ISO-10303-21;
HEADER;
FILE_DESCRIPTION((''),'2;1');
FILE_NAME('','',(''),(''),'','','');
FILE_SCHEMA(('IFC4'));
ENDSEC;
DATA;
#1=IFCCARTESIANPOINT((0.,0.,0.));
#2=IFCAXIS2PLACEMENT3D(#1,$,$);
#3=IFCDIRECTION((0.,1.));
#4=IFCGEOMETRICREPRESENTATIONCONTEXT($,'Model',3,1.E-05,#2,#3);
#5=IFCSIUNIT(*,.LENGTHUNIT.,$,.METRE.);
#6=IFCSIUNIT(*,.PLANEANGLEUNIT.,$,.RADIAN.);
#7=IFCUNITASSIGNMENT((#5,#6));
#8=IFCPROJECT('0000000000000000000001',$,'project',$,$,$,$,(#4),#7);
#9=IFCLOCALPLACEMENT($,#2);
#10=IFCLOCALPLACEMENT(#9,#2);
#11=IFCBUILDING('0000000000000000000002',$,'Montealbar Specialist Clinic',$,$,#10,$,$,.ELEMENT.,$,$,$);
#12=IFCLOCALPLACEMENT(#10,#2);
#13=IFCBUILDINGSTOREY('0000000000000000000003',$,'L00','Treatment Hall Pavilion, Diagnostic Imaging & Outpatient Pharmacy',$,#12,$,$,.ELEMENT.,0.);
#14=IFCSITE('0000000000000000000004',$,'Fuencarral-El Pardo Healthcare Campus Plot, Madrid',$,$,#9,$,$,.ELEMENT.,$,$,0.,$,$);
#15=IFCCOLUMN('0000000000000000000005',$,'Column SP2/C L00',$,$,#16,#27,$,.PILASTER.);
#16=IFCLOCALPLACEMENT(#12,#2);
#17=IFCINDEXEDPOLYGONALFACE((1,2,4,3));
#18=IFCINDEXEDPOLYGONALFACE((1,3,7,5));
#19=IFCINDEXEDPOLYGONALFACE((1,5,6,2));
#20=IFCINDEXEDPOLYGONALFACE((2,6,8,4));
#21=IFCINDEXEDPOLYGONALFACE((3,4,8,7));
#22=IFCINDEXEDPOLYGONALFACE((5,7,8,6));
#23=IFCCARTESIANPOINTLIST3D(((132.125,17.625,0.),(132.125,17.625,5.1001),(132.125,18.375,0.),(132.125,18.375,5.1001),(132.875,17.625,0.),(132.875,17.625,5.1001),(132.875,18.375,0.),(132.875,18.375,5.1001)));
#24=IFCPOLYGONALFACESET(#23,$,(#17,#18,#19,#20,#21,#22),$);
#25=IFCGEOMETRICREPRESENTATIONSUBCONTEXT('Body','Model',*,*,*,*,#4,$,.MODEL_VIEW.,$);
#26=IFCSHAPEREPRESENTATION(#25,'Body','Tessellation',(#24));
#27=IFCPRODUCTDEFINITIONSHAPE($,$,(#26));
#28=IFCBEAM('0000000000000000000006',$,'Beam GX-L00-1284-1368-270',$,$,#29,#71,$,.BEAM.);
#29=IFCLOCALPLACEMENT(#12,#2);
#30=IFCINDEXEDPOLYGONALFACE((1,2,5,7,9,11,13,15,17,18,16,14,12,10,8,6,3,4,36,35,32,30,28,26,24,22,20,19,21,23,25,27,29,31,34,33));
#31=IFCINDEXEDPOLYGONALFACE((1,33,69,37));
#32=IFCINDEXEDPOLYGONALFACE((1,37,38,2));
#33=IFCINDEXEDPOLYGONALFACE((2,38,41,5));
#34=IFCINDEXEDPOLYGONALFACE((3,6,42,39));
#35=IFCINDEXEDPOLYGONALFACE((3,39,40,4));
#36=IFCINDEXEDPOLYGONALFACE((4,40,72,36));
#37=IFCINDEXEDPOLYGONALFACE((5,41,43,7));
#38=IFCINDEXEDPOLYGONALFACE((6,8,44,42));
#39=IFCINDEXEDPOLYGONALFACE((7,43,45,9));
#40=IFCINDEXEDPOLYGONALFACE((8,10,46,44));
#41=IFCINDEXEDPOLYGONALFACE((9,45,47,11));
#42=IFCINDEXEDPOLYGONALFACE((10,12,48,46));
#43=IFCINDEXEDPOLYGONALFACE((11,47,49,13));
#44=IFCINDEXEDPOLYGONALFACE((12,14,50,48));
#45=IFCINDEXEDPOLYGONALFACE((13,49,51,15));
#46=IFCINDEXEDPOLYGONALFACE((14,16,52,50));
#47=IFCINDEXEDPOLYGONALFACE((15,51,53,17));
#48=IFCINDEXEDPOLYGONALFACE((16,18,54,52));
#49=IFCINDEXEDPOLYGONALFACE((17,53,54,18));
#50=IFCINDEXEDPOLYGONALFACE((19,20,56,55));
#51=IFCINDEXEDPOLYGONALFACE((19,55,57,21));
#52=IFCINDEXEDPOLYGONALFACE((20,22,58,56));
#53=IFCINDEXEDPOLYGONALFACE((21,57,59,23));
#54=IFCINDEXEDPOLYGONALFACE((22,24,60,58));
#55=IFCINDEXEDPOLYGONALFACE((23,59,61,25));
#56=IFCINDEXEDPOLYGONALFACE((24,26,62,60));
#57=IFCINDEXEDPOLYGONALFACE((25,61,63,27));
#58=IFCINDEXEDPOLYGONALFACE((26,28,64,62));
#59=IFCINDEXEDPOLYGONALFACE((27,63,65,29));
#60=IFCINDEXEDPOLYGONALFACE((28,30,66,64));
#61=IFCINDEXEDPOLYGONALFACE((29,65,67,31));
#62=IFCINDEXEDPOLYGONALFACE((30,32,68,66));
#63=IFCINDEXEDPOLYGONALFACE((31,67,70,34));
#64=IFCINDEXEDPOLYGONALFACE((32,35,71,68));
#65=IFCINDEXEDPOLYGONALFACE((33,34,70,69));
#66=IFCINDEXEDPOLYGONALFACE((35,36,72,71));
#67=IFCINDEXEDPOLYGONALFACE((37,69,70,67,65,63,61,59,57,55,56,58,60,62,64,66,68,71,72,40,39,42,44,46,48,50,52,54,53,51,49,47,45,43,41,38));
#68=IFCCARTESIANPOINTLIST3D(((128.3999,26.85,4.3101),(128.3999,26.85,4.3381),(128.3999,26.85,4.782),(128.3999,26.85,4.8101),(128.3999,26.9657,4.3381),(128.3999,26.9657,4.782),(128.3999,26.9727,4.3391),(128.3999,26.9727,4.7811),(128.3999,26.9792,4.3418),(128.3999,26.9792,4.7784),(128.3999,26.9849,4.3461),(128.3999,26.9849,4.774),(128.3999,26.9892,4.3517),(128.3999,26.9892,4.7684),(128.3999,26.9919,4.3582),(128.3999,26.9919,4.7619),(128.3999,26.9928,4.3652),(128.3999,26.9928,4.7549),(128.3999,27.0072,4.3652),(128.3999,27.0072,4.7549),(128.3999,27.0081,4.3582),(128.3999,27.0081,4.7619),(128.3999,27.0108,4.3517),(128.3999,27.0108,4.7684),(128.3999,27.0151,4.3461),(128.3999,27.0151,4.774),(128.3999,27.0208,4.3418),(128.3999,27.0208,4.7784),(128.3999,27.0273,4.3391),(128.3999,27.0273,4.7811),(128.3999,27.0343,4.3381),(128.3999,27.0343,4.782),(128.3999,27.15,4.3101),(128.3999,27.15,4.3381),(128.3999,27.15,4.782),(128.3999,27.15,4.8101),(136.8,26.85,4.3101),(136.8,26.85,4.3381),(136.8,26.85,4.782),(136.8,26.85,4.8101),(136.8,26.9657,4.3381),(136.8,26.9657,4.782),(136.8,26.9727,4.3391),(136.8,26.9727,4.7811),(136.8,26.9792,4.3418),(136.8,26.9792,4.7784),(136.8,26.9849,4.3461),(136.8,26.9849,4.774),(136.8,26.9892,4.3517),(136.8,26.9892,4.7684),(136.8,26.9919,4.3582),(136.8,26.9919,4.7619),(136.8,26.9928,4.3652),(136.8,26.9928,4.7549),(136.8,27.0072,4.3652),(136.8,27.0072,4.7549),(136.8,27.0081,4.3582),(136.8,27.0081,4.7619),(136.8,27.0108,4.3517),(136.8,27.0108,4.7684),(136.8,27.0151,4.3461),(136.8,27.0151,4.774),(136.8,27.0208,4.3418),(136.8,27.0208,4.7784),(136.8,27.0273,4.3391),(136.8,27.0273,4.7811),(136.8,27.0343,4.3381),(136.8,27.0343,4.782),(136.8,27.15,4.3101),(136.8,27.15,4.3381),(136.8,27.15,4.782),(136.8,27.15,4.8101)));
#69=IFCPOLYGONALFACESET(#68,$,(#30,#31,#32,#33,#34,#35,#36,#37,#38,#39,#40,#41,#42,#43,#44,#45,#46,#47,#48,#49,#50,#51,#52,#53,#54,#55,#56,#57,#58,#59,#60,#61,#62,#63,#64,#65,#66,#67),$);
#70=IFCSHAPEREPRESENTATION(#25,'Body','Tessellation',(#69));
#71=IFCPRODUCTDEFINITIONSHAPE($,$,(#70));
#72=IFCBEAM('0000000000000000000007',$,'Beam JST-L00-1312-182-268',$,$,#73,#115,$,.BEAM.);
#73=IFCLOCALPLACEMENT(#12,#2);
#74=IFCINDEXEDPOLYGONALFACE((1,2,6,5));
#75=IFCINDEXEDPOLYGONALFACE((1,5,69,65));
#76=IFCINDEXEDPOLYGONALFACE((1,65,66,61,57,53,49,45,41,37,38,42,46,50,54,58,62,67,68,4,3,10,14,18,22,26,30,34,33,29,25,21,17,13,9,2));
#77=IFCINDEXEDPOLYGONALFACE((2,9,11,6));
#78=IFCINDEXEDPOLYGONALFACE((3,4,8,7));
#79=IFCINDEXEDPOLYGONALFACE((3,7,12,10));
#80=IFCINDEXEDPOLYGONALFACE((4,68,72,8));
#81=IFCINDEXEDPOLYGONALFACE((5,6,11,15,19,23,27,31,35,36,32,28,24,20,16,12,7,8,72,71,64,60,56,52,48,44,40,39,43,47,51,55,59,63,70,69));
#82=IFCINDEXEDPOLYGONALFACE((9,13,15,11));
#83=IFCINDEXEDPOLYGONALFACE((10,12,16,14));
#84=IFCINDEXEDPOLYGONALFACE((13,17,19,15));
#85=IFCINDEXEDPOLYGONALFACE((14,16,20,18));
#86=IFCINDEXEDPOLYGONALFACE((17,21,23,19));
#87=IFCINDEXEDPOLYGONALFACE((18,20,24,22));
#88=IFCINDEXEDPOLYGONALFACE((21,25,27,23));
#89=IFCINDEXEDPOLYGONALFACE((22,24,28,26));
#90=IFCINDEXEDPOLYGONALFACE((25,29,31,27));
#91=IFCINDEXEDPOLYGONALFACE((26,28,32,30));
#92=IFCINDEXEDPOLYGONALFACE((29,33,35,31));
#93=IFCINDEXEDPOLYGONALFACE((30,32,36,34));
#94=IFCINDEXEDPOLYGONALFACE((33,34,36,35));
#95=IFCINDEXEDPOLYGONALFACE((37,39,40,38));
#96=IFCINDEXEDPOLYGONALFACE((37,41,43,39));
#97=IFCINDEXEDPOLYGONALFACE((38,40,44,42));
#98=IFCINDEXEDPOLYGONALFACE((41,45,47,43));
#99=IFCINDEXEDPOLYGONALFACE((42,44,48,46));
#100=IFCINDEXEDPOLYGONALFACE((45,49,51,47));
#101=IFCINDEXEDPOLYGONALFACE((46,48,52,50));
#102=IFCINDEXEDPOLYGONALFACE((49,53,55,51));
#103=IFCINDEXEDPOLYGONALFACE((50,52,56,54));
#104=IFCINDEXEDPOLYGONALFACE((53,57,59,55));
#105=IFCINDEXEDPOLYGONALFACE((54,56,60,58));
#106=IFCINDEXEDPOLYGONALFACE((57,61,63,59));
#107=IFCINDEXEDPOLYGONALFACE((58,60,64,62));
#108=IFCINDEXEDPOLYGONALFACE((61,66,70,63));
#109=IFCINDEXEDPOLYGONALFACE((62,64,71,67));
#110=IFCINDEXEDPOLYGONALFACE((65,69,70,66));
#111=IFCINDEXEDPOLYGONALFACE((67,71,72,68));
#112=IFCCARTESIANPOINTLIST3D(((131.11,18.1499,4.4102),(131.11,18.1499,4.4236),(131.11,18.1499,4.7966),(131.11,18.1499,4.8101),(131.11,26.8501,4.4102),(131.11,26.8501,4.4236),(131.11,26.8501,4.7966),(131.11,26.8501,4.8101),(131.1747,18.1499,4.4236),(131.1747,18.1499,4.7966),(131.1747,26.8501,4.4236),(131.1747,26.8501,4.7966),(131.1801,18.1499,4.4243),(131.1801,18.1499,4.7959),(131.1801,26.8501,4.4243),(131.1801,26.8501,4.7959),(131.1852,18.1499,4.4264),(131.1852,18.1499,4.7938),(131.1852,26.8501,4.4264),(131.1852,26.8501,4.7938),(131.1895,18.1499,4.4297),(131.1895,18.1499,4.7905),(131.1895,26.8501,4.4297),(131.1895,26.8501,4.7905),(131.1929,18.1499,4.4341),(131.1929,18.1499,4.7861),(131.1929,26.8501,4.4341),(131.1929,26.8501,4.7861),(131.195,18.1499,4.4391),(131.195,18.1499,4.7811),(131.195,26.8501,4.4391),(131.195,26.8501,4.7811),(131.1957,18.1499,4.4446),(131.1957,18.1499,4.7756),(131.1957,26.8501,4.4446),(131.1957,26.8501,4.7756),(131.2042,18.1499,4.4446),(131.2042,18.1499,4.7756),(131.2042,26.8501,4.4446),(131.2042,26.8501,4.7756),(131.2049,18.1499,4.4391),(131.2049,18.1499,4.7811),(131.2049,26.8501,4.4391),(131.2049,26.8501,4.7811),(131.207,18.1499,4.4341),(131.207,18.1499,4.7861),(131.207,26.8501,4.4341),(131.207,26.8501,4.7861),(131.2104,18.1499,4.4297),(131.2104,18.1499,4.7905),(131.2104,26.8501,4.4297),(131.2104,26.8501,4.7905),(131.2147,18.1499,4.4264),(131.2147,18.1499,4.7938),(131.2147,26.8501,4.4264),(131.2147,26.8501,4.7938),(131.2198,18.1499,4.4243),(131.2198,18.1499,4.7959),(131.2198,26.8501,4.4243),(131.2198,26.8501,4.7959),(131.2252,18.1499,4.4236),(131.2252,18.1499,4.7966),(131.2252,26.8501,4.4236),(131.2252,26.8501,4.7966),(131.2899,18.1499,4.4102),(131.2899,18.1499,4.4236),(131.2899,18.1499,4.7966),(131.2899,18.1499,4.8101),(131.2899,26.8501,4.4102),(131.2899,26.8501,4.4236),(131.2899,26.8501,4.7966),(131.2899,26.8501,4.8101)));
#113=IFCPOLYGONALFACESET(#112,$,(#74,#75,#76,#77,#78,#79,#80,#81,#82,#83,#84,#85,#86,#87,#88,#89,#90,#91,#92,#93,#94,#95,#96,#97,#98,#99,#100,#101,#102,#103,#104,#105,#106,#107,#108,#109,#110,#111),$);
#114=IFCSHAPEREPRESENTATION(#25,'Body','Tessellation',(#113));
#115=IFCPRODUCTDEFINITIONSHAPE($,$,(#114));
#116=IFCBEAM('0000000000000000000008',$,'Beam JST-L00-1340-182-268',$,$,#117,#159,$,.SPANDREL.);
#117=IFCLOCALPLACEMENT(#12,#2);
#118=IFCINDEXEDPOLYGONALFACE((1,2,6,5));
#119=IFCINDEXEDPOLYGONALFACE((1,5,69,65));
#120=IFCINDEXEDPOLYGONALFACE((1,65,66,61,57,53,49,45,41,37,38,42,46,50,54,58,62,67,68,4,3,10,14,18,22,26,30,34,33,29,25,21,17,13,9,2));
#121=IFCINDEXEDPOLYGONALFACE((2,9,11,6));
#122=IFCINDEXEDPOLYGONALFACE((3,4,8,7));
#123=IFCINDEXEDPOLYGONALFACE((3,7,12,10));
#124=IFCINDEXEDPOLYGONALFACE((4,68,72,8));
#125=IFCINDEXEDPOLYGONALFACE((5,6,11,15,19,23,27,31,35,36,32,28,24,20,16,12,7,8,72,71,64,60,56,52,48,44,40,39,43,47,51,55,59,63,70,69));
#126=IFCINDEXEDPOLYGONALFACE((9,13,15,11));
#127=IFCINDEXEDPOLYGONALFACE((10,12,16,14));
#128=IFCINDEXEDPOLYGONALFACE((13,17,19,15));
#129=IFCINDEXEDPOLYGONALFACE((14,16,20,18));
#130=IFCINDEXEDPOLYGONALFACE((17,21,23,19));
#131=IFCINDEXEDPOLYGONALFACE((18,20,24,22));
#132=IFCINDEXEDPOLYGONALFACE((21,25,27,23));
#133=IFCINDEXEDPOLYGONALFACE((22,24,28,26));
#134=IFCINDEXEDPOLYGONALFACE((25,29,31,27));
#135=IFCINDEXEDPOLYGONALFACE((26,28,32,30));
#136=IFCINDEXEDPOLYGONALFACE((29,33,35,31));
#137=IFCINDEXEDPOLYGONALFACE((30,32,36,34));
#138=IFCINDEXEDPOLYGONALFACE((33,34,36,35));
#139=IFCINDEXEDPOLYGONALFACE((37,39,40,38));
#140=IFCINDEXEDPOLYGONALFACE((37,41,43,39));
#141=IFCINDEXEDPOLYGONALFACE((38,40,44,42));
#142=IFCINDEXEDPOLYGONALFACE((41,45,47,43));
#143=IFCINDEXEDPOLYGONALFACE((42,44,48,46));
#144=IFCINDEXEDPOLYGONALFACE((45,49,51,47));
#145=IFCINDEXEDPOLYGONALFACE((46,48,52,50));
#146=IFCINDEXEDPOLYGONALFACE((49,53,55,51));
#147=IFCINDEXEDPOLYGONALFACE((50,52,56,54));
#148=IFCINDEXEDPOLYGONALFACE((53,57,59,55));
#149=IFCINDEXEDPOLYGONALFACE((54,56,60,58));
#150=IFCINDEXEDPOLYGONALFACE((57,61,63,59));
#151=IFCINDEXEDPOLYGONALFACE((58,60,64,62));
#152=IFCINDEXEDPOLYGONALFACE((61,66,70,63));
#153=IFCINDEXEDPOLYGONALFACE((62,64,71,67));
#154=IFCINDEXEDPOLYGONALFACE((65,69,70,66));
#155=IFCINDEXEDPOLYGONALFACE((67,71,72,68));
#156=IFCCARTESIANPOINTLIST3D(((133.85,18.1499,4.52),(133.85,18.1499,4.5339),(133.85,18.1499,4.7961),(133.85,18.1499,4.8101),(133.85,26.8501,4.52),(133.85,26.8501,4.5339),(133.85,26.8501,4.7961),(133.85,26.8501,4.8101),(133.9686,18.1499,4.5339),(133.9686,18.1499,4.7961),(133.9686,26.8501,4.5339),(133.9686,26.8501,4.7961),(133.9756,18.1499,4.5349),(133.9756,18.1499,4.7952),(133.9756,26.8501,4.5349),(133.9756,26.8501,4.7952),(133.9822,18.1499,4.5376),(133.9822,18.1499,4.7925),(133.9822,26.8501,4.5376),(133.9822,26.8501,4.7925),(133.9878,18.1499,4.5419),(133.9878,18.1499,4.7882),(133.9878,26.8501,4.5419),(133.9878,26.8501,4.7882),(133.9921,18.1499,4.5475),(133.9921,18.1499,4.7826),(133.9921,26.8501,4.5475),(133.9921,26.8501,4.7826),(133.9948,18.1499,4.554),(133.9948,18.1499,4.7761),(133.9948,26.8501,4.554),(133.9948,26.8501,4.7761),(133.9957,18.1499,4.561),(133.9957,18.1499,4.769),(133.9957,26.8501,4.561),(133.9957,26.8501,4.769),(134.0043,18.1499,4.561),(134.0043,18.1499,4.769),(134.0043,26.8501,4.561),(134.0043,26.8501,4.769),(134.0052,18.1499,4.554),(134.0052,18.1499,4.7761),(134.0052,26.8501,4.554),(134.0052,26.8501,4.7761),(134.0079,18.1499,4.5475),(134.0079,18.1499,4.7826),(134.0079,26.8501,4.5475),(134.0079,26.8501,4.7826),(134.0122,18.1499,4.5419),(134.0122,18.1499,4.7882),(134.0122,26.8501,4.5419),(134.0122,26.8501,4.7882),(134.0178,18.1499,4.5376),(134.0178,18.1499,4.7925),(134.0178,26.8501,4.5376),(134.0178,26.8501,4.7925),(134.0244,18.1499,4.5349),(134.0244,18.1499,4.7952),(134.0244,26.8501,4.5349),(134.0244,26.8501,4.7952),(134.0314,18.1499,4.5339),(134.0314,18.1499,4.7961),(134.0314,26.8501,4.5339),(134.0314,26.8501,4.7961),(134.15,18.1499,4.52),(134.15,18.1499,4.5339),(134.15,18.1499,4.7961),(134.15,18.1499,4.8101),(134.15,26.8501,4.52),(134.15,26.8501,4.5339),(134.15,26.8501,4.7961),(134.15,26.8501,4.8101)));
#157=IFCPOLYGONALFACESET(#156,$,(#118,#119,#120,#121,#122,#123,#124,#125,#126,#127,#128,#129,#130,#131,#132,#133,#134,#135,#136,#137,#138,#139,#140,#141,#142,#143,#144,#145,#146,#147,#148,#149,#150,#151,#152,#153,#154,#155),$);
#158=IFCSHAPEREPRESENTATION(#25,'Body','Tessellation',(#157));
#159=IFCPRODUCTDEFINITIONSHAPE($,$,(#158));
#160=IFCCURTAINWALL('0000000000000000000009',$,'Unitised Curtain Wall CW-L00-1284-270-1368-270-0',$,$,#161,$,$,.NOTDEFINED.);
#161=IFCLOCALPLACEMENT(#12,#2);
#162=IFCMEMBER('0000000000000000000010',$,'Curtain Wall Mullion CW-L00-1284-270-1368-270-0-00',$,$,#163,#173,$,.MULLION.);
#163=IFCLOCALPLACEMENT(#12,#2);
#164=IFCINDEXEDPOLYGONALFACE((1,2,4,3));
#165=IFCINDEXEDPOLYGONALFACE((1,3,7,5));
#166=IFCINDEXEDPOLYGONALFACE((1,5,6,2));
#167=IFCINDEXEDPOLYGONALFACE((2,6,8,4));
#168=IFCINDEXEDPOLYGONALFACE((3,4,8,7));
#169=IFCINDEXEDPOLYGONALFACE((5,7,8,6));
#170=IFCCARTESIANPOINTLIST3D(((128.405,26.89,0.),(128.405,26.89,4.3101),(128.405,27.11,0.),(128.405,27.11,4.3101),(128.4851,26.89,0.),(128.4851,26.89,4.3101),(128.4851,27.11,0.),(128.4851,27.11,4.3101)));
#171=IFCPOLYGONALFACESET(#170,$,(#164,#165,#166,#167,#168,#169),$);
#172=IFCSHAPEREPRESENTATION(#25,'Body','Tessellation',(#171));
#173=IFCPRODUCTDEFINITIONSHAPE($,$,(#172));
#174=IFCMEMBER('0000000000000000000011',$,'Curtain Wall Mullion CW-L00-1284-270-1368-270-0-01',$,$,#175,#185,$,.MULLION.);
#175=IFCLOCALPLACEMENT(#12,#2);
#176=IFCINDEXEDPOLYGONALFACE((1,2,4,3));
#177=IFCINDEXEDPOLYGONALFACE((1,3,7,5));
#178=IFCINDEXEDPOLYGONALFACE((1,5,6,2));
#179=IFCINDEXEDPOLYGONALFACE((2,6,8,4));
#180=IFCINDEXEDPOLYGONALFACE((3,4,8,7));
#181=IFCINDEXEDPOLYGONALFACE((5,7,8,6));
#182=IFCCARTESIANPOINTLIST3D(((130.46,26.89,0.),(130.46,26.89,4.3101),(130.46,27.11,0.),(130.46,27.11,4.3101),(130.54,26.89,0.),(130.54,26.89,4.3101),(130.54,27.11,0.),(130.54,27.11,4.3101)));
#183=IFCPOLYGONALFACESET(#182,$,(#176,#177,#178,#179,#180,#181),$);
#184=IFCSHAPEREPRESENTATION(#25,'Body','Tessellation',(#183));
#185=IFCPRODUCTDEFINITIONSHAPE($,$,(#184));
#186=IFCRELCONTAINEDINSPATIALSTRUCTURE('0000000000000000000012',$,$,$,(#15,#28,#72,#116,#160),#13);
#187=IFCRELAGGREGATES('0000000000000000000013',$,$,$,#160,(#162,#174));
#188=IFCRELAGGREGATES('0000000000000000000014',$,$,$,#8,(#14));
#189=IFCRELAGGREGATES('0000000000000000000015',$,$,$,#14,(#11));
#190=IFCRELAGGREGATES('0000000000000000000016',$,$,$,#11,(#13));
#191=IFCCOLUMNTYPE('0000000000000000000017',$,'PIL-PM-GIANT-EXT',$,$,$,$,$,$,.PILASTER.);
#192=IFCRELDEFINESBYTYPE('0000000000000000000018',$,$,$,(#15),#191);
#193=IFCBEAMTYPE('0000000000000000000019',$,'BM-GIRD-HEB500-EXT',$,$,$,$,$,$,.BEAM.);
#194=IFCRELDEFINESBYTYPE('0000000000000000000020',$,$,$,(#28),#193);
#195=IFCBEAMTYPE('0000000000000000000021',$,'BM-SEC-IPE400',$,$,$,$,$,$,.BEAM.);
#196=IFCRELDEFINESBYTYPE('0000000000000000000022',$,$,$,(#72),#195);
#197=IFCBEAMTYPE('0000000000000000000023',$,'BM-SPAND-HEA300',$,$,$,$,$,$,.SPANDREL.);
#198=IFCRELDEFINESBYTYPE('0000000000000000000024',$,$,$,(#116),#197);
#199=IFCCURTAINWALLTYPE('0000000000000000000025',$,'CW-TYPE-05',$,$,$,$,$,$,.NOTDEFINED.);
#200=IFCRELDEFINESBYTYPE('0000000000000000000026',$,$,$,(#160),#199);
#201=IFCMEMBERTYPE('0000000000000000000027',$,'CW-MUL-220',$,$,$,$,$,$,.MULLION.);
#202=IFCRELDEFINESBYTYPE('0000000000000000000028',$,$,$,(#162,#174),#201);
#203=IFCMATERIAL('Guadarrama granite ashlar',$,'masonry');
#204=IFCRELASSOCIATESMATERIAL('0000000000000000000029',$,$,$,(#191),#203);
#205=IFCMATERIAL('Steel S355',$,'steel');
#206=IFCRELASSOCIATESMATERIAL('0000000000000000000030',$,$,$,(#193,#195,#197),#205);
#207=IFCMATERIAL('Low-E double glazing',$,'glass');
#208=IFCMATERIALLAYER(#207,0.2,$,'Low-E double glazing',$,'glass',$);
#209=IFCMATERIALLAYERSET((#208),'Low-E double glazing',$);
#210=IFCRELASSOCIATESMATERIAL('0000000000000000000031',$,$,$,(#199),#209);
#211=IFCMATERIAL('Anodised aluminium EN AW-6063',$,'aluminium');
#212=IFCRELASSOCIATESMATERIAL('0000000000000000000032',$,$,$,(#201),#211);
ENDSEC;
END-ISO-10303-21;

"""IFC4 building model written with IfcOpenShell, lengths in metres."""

from ifc_helpers import new_model, si_unit, direction, frame, origin, origin_2d, place, context, subcontext, project, spatial, rectangle, i_section, extrude, material, layer, layer_set, material_profile, profile_set, type_object, element, aggregate, save


model = new_model("IFC4")

# Units and contexts
model_context = context("Model", 3, precision=1e-05, world=origin(), true_north=direction((0.0, 1.0)))
body_context = subcontext(model_context, "Body", "Model", "MODEL_VIEW")
ifc_project = project(units=[si_unit("LENGTHUNIT", "METRE"), si_unit("PLANEANGLEUNIT", "RADIAN")], contexts=[model_context])

# Site, building, storey
site_placement = place(None, origin())
site = spatial("IfcSite", under=ifc_project, at=site_placement, Name="Fuencarral-El Pardo Healthcare Campus Plot, Madrid", CompositionType="ELEMENT", RefElevation=0.0)
building_placement = place(site_placement, origin())
building = spatial("IfcBuilding", under=site, at=building_placement, Name="Montealbar Specialist Clinic", CompositionType="ELEMENT")
storey_placement = place(building_placement, origin())
storey = spatial("IfcBuildingStorey", under=building, at=storey_placement, Name="L00", Description="Treatment Hall Pavilion, Diagnostic Imaging & Outpatient Pharmacy", CompositionType="ELEMENT", Elevation=0.0)

# Column
ifc_material_1 = material(Name="Guadarrama granite ashlar", Category="masonry")
ifc_material_profile_1 = material_profile(ifc_material_1, rectangle(XDim=0.75, YDim=0.75, at=origin_2d()), Name="GRANITE PILASTER 750x750", Category="masonry")
ifc_profile_set_1 = profile_set([ifc_material_profile_1], Name="Guadarrama granite ashlar")
column_type = type_object("IfcColumnType", Name="PIL-PM-GIANT-EXT", PredefinedType="PILASTER", material=ifc_profile_set_1)
column_placement = place(storey_placement, frame((132.5, 18.0, 0.0), z_axis=(0.0, 0.0, 1.0), x_axis=(1.0, 0.0, 0.0)))
element("IfcColumn", 1, at=column_placement, inside=storey, type_object=column_type, Name="Column SP2/C L00", PredefinedType="PILASTER", context=body_context, shape_type="SweptSolid", body=[
    extrude(rectangle(XDim=0.75, YDim=0.75, at=origin_2d()), origin(), (0.0, 0.0, 1.0), 5.1001),
])

# Beams
ifc_material_2 = material(Name="Steel S355", Category="steel")
ifc_material_profile_2 = material_profile(ifc_material_2, i_section(OverallWidth=0.3, OverallDepth=0.5, WebThickness=0.0144, FlangeThickness=0.0281, FilletRadius=0.0271, at=origin_2d()), Name="HEB 500", Category="steel")
ifc_profile_set_2 = profile_set([ifc_material_profile_2], Name="Steel S355")
beam_type_1 = type_object("IfcBeamType", Name="BM-GIRD-HEB500-EXT", PredefinedType="BEAM", material=ifc_profile_set_2)
beam_1_placement = place(storey_placement, frame((128.3999, 27.0, 4.5601), z_axis=(1.0, 0.0, 0.0), x_axis=(0.0, 1.0, 0.0)))
element("IfcBeam", 2, at=beam_1_placement, inside=storey, type_object=beam_type_1, Name="Beam GX-L00-1284-1368-270", PredefinedType="BEAM", context=body_context, shape_type="SweptSolid", body=[
    extrude(i_section(OverallWidth=0.3, OverallDepth=0.5, WebThickness=0.0144, FlangeThickness=0.0281, FilletRadius=0.0271, at=origin_2d()), origin(), (0.0, 0.0, 1.0), 8.4001),
])
ifc_material_profile_3 = material_profile(ifc_material_2, i_section(OverallWidth=0.1799, OverallDepth=0.3999, WebThickness=0.0085, FlangeThickness=0.0134, FilletRadius=0.021, at=origin_2d()), Name="IPE 400", Category="steel")
ifc_profile_set_3 = profile_set([ifc_material_profile_3], Name="Steel S355")
beam_type_2 = type_object("IfcBeamType", Name="BM-SEC-IPE400", PredefinedType="BEAM", material=ifc_profile_set_3)
beam_2_placement = place(storey_placement, frame((131.2, 18.1499, 4.6101), z_axis=(0.0, 1.0, 0.0), x_axis=(-1.0, 0.0, 0.0)))
element("IfcBeam", 3, at=beam_2_placement, inside=storey, type_object=beam_type_2, Name="Beam JST-L00-1312-182-268", PredefinedType="BEAM", context=body_context, shape_type="SweptSolid", body=[
    extrude(i_section(OverallWidth=0.1799, OverallDepth=0.3999, WebThickness=0.0085, FlangeThickness=0.0134, FilletRadius=0.021, at=origin_2d()), origin(), (0.0, 0.0, 1.0), 8.7002),
])
ifc_material_profile_4 = material_profile(ifc_material_2, i_section(OverallWidth=0.3, OverallDepth=0.29, WebThickness=0.0085, FlangeThickness=0.0139, FilletRadius=0.0271, at=origin_2d()), Name="HEA 300", Category="steel")
ifc_profile_set_4 = profile_set([ifc_material_profile_4], Name="Steel S355")
beam_type_3 = type_object("IfcBeamType", Name="BM-SPAND-HEA300", PredefinedType="SPANDREL", material=ifc_profile_set_4)
beam_3_placement = place(storey_placement, frame((134.0, 18.1499, 4.665), z_axis=(0.0, 1.0, 0.0), x_axis=(-1.0, 0.0, 0.0)))
element("IfcBeam", 4, at=beam_3_placement, inside=storey, type_object=beam_type_3, Name="Beam JST-L00-1340-182-268", PredefinedType="SPANDREL", context=body_context, shape_type="SweptSolid", body=[
    extrude(i_section(OverallWidth=0.3, OverallDepth=0.29, WebThickness=0.0085, FlangeThickness=0.0139, FilletRadius=0.0271, at=origin_2d()), origin(), (0.0, 0.0, 1.0), 8.7002),
])

# Curtain wall, members
ifc_material_3 = material(Name="Low-E double glazing", Category="glass")
ifc_layer_1 = layer(ifc_material_3, 0.2, Name="Low-E double glazing", Category="glass")
ifc_layer_set_1 = layer_set([ifc_layer_1], Name="Low-E double glazing")
curtain_wall_type = type_object("IfcCurtainWallType", Name="CW-TYPE-05", PredefinedType="NOTDEFINED", material=ifc_layer_set_1)
curtain_wall_placement = place(storey_placement, origin())
curtain_wall = element("IfcCurtainWall", 5, at=curtain_wall_placement, inside=storey, type_object=curtain_wall_type, Name="Unitised Curtain Wall CW-L00-1284-270-1368-270-0", PredefinedType="NOTDEFINED")
ifc_material_4 = material(Name="Anodised aluminium EN AW-6063", Category="aluminium")
ifc_material_profile_5 = material_profile(ifc_material_4, rectangle(XDim=0.0801, YDim=0.22, at=origin_2d()), Name="ALU 80x220", Category="aluminium")
ifc_profile_set_5 = profile_set([ifc_material_profile_5], Name="Anodised aluminium EN AW-6063")
member_type_1 = type_object("IfcMemberType", Name="CW-MUL-220", PredefinedType="MULLION", material=ifc_profile_set_5)
member_1_placement = place(storey_placement, frame((128.4451, 27.0, 0.0), z_axis=(0.0, 0.0, 1.0), x_axis=(1.0, 0.0, 0.0)))
member_1 = element("IfcMember", 6, at=member_1_placement, type_object=member_type_1, Name="Curtain Wall Mullion CW-L00-1284-270-1368-270-0-00", PredefinedType="MULLION", context=body_context, shape_type="SweptSolid", body=[
    extrude(rectangle(XDim=0.0801, YDim=0.22, at=origin_2d()), origin(), (0.0, 0.0, 1.0), 4.3101),
])
member_2_placement = place(storey_placement, frame((130.5, 27.0, 0.0), z_axis=(0.0, 0.0, 1.0), x_axis=(1.0, 0.0, 0.0)))
member_2 = element("IfcMember", 7, at=member_2_placement, type_object=member_type_1, Name="Curtain Wall Mullion CW-L00-1284-270-1368-270-0-01", PredefinedType="MULLION", context=body_context, shape_type="SweptSolid", body=[
    extrude(rectangle(XDim=0.0801, YDim=0.22, at=origin_2d()), origin(), (0.0, 0.0, 1.0), 4.3101),
])
aggregate(curtain_wall, [member_1, member_2])

save(model, "model.ifc")
